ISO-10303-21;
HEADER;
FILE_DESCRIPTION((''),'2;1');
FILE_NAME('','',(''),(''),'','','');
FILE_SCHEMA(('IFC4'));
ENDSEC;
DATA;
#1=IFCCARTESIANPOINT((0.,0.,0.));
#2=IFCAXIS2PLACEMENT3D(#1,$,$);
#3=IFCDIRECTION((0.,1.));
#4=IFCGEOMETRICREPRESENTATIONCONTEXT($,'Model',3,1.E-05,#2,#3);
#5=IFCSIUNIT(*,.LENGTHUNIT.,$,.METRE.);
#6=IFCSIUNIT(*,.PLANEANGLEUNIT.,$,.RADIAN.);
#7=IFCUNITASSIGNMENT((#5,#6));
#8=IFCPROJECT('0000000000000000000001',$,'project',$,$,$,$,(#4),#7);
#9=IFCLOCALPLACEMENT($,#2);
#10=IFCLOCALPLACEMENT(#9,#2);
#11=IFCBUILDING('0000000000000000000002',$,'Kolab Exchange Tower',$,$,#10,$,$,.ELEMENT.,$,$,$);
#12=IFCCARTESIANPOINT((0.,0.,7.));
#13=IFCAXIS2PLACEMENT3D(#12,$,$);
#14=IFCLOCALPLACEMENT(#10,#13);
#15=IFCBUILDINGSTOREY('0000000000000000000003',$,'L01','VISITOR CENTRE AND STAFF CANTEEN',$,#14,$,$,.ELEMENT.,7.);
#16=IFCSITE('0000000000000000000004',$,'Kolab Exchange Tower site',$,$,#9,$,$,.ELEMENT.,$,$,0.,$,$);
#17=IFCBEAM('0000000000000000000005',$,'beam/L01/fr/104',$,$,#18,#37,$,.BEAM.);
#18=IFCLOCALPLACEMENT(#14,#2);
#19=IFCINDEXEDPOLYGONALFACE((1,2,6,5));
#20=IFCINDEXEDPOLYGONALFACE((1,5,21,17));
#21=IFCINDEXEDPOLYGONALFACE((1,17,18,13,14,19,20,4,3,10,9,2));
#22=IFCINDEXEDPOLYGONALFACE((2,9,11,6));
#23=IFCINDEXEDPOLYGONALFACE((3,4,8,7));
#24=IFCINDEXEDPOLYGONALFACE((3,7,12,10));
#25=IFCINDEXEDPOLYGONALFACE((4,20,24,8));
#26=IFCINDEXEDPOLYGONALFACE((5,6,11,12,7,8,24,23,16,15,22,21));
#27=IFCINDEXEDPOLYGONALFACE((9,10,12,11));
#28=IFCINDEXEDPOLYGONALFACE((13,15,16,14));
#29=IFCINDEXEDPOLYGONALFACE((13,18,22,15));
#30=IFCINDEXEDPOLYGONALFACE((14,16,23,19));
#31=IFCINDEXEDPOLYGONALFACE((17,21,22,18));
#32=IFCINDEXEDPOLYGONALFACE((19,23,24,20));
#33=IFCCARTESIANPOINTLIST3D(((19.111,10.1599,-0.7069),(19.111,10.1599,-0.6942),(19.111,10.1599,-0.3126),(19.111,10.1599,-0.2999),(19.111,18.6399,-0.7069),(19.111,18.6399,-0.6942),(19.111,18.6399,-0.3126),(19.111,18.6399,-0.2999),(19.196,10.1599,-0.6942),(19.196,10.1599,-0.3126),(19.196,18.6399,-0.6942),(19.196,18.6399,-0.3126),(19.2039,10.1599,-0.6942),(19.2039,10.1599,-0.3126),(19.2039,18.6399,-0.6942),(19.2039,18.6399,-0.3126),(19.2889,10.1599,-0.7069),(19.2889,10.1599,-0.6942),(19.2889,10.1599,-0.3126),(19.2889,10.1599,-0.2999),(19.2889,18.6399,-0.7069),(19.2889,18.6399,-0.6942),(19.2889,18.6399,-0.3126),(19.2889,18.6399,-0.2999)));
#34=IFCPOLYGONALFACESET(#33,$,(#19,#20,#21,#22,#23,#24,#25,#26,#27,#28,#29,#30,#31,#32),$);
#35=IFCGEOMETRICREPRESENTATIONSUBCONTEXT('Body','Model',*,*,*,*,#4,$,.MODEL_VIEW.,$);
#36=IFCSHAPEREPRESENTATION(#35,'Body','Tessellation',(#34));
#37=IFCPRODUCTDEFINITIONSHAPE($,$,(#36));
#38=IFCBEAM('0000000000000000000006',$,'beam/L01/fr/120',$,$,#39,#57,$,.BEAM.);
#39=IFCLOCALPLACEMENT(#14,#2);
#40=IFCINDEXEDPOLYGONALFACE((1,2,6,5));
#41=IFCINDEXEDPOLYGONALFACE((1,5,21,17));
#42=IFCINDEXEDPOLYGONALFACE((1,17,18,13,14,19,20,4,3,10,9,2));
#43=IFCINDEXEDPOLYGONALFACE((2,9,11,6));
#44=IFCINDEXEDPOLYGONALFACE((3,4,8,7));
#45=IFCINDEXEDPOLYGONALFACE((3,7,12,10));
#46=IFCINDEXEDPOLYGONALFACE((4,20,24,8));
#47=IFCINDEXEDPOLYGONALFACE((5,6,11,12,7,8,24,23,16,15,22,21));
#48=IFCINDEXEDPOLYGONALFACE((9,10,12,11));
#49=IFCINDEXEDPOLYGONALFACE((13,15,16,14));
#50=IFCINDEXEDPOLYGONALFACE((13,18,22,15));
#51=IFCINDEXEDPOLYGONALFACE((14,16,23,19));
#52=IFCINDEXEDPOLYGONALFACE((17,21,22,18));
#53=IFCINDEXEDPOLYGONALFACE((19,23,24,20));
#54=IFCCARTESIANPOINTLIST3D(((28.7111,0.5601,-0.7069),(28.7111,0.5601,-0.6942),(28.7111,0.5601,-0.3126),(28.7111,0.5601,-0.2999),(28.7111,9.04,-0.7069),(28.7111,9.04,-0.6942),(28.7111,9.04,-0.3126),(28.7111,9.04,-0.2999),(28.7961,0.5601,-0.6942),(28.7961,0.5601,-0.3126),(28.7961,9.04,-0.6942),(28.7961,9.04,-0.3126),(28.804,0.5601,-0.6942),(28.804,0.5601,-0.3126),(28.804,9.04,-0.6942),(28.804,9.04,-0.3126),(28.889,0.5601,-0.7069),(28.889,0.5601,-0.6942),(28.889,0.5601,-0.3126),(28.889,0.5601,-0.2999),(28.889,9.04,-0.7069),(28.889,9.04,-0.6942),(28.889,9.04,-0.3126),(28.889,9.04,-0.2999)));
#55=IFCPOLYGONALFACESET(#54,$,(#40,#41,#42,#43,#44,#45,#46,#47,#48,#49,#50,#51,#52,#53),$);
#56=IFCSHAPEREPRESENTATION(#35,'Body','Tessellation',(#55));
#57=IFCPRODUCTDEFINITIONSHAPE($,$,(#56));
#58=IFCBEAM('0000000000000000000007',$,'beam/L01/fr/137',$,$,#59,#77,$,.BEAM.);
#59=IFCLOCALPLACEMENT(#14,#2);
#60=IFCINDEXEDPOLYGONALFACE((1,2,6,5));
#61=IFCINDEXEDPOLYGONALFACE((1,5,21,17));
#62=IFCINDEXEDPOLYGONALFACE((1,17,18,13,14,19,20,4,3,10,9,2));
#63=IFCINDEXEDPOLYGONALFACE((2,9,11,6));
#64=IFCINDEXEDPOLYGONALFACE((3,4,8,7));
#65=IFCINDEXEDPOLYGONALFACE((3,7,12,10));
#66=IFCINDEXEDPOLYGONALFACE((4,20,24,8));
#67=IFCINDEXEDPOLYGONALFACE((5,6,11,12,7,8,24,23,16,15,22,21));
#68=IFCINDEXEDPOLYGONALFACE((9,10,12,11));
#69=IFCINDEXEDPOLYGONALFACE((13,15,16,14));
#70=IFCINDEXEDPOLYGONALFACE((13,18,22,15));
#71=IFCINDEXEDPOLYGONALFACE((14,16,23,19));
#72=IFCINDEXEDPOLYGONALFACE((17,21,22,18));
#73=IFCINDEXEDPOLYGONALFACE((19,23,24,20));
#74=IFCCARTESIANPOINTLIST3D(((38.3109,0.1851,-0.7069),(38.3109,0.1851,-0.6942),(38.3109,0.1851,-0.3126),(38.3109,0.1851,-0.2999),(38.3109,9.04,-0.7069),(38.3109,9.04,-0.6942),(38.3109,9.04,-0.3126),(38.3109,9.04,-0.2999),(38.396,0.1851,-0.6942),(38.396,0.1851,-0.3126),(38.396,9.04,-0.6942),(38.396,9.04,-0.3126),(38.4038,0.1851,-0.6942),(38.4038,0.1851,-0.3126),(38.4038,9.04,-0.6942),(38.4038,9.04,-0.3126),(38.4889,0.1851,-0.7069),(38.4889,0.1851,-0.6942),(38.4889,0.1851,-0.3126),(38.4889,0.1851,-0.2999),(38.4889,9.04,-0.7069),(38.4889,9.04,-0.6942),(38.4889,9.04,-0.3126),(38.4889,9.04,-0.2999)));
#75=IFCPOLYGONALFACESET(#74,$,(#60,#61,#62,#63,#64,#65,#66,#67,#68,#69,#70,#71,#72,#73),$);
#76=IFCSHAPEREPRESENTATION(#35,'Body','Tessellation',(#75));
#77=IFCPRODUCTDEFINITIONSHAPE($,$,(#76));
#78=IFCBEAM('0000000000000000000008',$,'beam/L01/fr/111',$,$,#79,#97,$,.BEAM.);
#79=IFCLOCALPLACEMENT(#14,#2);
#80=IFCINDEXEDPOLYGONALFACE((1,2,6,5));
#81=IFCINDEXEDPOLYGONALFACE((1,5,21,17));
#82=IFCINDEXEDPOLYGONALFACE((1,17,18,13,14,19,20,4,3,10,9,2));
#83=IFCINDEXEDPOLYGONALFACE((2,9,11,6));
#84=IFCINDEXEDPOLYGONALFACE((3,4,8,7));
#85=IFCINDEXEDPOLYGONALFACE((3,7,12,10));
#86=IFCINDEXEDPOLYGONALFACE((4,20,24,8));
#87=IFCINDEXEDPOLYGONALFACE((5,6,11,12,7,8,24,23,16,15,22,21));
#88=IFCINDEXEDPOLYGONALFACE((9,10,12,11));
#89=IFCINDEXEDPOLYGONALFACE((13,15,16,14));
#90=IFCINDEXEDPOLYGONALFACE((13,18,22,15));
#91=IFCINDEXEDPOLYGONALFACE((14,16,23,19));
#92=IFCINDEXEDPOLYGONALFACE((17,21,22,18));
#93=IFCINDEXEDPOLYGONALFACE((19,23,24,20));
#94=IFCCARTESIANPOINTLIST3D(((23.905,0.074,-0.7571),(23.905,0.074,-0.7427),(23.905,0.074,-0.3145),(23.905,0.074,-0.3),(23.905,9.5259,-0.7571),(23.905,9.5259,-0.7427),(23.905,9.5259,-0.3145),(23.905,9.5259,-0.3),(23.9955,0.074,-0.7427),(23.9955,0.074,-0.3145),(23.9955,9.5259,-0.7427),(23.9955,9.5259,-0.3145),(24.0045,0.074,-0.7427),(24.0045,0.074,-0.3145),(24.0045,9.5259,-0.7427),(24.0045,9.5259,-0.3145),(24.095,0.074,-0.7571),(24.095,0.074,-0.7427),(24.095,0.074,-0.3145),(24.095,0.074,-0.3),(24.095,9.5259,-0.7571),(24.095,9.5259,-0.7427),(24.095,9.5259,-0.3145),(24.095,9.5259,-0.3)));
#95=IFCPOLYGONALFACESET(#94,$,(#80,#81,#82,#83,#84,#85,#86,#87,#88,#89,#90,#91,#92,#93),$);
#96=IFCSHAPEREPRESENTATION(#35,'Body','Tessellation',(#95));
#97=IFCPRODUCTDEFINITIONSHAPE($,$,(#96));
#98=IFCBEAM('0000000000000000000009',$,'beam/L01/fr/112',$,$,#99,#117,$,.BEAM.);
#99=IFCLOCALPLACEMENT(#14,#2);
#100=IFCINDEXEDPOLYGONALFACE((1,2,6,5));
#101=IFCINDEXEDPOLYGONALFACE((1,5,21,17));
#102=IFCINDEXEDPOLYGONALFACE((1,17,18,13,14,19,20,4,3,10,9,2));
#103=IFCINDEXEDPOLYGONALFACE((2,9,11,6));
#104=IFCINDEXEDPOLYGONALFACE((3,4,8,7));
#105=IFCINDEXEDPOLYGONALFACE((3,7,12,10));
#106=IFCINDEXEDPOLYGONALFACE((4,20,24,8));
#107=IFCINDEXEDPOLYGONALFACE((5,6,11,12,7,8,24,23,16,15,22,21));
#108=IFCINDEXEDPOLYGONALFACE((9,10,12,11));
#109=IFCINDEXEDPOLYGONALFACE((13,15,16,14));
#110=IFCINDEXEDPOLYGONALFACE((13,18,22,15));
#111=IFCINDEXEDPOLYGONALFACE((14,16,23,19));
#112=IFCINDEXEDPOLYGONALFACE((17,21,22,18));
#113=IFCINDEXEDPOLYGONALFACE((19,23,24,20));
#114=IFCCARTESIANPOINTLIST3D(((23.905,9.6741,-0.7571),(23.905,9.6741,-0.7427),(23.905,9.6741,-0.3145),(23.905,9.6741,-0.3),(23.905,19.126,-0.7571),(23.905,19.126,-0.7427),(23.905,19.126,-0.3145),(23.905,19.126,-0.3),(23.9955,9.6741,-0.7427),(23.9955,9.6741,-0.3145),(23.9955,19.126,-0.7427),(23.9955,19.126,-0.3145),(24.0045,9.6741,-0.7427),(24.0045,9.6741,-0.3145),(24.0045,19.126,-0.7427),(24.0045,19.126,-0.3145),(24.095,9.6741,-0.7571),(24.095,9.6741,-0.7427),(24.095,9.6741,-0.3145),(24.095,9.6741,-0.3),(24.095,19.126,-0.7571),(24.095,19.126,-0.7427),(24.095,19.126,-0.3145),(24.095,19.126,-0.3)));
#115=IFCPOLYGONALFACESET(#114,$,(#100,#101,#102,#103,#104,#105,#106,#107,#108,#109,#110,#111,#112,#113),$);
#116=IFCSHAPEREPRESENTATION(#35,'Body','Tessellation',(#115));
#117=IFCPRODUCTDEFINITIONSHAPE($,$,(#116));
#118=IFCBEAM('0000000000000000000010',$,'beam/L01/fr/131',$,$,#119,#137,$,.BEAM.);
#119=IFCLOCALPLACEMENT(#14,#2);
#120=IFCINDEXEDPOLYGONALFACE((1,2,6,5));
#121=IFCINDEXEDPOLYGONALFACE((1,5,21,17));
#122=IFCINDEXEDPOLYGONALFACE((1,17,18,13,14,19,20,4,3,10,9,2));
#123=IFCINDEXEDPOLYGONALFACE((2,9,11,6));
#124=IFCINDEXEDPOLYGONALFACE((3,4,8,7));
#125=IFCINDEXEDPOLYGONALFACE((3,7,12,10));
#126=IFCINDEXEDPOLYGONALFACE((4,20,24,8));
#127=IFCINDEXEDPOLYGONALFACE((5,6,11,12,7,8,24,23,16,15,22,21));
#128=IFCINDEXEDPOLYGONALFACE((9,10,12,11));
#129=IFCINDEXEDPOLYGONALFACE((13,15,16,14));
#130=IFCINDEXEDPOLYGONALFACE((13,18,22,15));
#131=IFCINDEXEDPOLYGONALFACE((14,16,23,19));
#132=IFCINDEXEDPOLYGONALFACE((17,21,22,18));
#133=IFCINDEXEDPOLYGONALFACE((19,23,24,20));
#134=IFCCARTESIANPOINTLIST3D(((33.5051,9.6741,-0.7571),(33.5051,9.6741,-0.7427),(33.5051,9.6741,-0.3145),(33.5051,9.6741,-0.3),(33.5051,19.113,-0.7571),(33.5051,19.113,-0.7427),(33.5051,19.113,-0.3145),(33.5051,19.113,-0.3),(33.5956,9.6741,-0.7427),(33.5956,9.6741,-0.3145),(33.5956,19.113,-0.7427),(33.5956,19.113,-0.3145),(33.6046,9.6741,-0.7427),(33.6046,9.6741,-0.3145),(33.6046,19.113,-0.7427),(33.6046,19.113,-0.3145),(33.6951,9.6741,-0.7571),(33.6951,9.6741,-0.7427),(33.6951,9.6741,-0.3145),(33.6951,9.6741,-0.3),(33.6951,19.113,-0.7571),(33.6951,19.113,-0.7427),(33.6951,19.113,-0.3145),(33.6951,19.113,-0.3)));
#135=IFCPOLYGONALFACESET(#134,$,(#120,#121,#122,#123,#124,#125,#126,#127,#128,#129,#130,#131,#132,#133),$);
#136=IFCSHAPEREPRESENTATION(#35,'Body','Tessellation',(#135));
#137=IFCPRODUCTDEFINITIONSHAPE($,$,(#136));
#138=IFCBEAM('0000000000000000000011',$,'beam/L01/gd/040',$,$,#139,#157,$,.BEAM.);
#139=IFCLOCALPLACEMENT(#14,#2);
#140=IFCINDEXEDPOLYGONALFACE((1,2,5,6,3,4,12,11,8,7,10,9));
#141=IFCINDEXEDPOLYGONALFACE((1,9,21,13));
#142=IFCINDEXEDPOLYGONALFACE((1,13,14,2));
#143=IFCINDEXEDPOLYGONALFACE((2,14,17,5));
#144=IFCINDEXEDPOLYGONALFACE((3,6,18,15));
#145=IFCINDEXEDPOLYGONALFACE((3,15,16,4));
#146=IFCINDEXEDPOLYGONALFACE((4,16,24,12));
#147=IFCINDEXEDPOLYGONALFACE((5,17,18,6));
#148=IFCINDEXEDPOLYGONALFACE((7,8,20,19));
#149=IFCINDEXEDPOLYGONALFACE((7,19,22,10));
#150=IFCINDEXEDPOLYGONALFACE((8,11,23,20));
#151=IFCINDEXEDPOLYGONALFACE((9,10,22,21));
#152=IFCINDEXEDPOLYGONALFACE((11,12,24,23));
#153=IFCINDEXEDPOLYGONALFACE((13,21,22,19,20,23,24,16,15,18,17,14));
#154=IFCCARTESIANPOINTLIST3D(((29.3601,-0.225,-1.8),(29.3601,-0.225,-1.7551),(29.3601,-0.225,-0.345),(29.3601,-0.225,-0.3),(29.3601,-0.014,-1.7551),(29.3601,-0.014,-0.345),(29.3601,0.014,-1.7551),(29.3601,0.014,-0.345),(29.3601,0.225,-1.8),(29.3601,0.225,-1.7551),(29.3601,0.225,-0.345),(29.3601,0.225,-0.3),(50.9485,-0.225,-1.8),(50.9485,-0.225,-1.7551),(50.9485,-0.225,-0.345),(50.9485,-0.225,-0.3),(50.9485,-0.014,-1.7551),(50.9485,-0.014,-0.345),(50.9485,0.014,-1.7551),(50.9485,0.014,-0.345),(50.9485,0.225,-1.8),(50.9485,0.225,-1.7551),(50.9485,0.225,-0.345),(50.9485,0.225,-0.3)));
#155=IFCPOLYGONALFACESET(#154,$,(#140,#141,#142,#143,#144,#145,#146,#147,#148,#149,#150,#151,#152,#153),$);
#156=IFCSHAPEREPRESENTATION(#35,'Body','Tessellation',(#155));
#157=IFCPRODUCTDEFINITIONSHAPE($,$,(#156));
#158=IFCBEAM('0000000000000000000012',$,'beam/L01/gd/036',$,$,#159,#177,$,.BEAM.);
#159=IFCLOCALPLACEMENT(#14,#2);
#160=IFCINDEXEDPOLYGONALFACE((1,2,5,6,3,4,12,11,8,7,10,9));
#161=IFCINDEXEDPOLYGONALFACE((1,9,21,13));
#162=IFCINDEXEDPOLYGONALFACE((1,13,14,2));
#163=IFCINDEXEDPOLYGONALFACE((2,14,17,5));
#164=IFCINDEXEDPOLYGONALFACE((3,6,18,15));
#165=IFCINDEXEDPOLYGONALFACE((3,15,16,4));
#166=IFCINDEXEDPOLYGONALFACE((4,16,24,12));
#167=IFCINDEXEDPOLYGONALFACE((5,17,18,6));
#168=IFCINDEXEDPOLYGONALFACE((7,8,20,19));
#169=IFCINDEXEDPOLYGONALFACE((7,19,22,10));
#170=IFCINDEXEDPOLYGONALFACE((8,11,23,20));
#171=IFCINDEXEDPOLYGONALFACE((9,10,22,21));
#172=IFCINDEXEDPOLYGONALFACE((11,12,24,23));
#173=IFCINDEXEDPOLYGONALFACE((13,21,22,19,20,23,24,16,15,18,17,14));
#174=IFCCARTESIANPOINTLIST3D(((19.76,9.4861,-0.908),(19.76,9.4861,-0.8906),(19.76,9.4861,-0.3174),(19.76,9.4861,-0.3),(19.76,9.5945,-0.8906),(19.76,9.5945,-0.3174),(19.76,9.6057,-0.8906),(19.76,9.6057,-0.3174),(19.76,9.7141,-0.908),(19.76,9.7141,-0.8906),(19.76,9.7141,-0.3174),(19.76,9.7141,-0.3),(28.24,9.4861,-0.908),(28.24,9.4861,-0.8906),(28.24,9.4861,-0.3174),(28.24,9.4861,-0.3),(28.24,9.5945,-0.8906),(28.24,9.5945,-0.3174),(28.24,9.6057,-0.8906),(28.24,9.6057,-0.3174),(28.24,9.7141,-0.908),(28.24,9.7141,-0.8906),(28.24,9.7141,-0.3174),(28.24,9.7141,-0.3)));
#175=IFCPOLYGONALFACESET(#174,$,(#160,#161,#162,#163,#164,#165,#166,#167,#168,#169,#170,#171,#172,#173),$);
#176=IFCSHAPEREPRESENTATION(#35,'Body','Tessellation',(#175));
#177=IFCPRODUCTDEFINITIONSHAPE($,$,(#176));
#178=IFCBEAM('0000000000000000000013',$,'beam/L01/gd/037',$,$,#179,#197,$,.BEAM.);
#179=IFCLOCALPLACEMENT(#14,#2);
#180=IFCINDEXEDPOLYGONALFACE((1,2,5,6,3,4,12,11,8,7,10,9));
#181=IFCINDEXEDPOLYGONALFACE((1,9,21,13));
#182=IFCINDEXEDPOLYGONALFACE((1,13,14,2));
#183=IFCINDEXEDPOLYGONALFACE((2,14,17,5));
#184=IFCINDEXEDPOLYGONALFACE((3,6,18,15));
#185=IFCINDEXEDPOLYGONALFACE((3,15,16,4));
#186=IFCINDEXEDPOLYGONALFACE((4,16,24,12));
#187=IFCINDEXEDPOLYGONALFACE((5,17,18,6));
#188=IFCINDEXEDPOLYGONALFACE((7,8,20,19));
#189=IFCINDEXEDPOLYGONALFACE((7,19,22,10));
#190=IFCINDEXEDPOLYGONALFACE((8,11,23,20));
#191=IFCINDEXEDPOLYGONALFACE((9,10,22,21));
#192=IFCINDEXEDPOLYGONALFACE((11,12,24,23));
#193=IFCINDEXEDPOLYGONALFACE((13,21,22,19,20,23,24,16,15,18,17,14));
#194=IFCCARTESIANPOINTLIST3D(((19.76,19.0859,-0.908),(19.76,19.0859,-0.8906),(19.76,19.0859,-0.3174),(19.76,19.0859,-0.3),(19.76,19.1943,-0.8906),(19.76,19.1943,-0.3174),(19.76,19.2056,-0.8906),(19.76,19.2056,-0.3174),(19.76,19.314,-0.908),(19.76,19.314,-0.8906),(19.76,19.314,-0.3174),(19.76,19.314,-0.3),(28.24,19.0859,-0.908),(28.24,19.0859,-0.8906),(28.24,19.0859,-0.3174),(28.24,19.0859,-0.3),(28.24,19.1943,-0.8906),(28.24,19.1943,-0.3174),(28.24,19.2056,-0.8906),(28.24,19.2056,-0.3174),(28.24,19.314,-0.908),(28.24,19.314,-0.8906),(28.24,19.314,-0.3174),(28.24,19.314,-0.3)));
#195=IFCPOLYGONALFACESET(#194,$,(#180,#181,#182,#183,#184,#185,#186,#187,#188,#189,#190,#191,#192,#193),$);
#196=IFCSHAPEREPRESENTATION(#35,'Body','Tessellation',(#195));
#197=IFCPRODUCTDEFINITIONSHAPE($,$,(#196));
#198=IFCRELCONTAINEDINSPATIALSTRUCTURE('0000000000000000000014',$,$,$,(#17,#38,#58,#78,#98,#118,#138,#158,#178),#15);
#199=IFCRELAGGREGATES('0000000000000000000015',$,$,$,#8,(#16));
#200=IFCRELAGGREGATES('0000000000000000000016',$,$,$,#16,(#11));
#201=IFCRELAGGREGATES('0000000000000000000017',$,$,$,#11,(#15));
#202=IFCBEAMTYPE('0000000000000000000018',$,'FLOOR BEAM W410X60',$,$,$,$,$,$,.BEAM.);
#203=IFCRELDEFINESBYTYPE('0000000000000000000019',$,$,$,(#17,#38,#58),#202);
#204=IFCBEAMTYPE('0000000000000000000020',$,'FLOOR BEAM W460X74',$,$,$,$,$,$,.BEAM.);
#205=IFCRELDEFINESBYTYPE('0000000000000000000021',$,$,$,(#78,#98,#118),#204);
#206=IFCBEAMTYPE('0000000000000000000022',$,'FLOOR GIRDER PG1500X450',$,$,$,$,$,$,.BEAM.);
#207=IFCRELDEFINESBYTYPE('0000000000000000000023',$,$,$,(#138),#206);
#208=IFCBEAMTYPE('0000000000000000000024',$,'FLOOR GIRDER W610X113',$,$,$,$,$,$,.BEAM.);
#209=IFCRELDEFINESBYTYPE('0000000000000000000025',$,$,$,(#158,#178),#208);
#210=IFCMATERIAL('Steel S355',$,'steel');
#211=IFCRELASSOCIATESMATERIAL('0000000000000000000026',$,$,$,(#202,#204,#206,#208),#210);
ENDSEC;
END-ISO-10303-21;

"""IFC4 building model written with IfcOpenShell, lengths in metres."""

from ifc_helpers import new_model, si_unit, direction, frame, origin, origin_2d, place, context, subcontext, project, spatial, i_section, extrude, material, material_profile, profile_set, type_object, element, save


model = new_model("IFC4")

# Units and contexts
model_context = context("Model", 3, precision=1e-05, world=origin(), true_north=direction((0.0, 1.0)))
body_context = subcontext(model_context, "Body", "Model", "MODEL_VIEW")
ifc_project = project(units=[si_unit("LENGTHUNIT", "METRE"), si_unit("PLANEANGLEUNIT", "RADIAN")], contexts=[model_context])

# Site, building, storey
site_placement = place(None, origin())
site = spatial("IfcSite", under=ifc_project, at=site_placement, Name="Kolab Exchange Tower site", CompositionType="ELEMENT", RefElevation=0.0)
building_placement = place(site_placement, origin())
building = spatial("IfcBuilding", under=site, at=building_placement, Name="Kolab Exchange Tower", CompositionType="ELEMENT")
storey_placement = place(building_placement, frame((0.0, 0.0, 7.0)))
storey = spatial("IfcBuildingStorey", under=building, at=storey_placement, Name="L01", Description="VISITOR CENTRE AND STAFF CANTEEN", CompositionType="ELEMENT", Elevation=7.0)

# Beams
ifc_material_1 = material(Name="Steel S355", Category="steel")
ifc_material_profile_1 = material_profile(ifc_material_1, i_section(OverallWidth=0.178, OverallDepth=0.407, WebThickness=0.0078, FlangeThickness=0.0127, at=origin_2d()), Name="W410X60")
ifc_profile_set_1 = profile_set([ifc_material_profile_1], Name="Steel S355")
beam_type_1 = type_object("IfcBeamType", Name="FLOOR BEAM W410X60", PredefinedType="BEAM", material=ifc_profile_set_1)
for number, where, z_axis, x_axis, name in (
    (1, (19.2, 10.1599, -0.5034), (0.0, 1.0, 0.0), (-1.0, 0.0, 0.0), "beam/L01/fr/104"),
    (2, (28.8, 0.5601, -0.5034), (0.0, 1.0, 0.0), (-1.0, 0.0, 0.0), "beam/L01/fr/120"),
):
    element("IfcBeam", number, at=place(storey_placement, frame(where, z_axis=z_axis, x_axis=x_axis)), inside=storey, type_object=beam_type_1, Name=name, PredefinedType="BEAM", context=body_context, shape_type="SweptSolid", body=[
        extrude(i_section(OverallWidth=0.178, OverallDepth=0.407, WebThickness=0.0078, FlangeThickness=0.0127, at=origin_2d()), origin(), (0.0, 0.0, 1.0), 8.48),
    ])
beam_1_placement = place(storey_placement, frame((38.3999, 0.1851, -0.5034), z_axis=(0.0, 1.0, 0.0), x_axis=(-1.0, 0.0, 0.0)))
element("IfcBeam", 3, at=beam_1_placement, inside=storey, type_object=beam_type_1, Name="beam/L01/fr/137", PredefinedType="BEAM", context=body_context, shape_type="SweptSolid", body=[
    extrude(i_section(OverallWidth=0.178, OverallDepth=0.407, WebThickness=0.0078, FlangeThickness=0.0127, at=origin_2d()), origin(), (0.0, 0.0, 1.0), 8.855),
])
ifc_material_profile_2 = material_profile(ifc_material_1, i_section(OverallWidth=0.1899, OverallDepth=0.457, WebThickness=0.009, FlangeThickness=0.0144, at=origin_2d()), Name="W460X74")
ifc_profile_set_2 = profile_set([ifc_material_profile_2], Name="Steel S355")
beam_type_2 = type_object("IfcBeamType", Name="FLOOR BEAM W460X74", PredefinedType="BEAM", material=ifc_profile_set_2)
for number, where, z_axis, x_axis, name in (
    (4, (24.0, 0.074, -0.5286), (0.0, 1.0, 0.0), (-1.0, 0.0, 0.0), "beam/L01/fr/111"),
    (5, (24.0, 9.6741, -0.5286), (0.0, 1.0, 0.0), (-1.0, 0.0, 0.0), "beam/L01/fr/112"),
):
    element("IfcBeam", number, at=place(storey_placement, frame(where, z_axis=z_axis, x_axis=x_axis)), inside=storey, type_object=beam_type_2, Name=name, PredefinedType="BEAM", context=body_context, shape_type="SweptSolid", body=[
        extrude(i_section(OverallWidth=0.1899, OverallDepth=0.457, WebThickness=0.009, FlangeThickness=0.0144, at=origin_2d()), origin(), (0.0, 0.0, 1.0), 9.4519),
    ])
beam_2_placement = place(storey_placement, frame((33.6001, 9.6741, -0.5286), z_axis=(0.0, 1.0, 0.0), x_axis=(-1.0, 0.0, 0.0)))
element("IfcBeam", 6, at=beam_2_placement, inside=storey, type_object=beam_type_2, Name="beam/L01/fr/131", PredefinedType="BEAM", context=body_context, shape_type="SweptSolid", body=[
    extrude(i_section(OverallWidth=0.1899, OverallDepth=0.457, WebThickness=0.009, FlangeThickness=0.0144, at=origin_2d()), origin(), (0.0, 0.0, 1.0), 9.439),
])
ifc_material_profile_3 = material_profile(ifc_material_1, i_section(OverallWidth=0.45, OverallDepth=1.5, WebThickness=0.0281, FlangeThickness=0.0449, at=origin_2d()), Name="PG1500X450")
ifc_profile_set_3 = profile_set([ifc_material_profile_3], Name="Steel S355")
beam_type_3 = type_object("IfcBeamType", Name="FLOOR GIRDER PG1500X450", PredefinedType="BEAM", material=ifc_profile_set_3)
beam_3_placement = place(storey_placement, frame((29.3601, 0.0, -1.05), z_axis=(1.0, 0.0, 0.0), x_axis=(0.0, 1.0, 0.0)))
element("IfcBeam", 7, at=beam_3_placement, inside=storey, type_object=beam_type_3, Name="beam/L01/gd/040", PredefinedType="BEAM", context=body_context, shape_type="SweptSolid", body=[
    extrude(i_section(OverallWidth=0.45, OverallDepth=1.5, WebThickness=0.0281, FlangeThickness=0.0449, at=origin_2d()), origin(), (0.0, 0.0, 1.0), 21.5884),
])
ifc_material_profile_4 = material_profile(ifc_material_1, i_section(OverallWidth=0.228, OverallDepth=0.6079, WebThickness=0.0112, FlangeThickness=0.0173, at=origin_2d()), Name="W610X113")
ifc_profile_set_4 = profile_set([ifc_material_profile_4], Name="Steel S355")
beam_type_4 = type_object("IfcBeamType", Name="FLOOR GIRDER W610X113", PredefinedType="BEAM", material=ifc_profile_set_4)
for number, where, z_axis, x_axis, name in (
    (8, (19.76, 9.6001, -0.604), (1.0, 0.0, 0.0), (0.0, 1.0, 0.0), "beam/L01/gd/036"),
    (9, (19.76, 19.2, -0.604), (1.0, 0.0, 0.0), (0.0, 1.0, 0.0), "beam/L01/gd/037"),
):
    element("IfcBeam", number, at=place(storey_placement, frame(where, z_axis=z_axis, x_axis=x_axis)), inside=storey, type_object=beam_type_4, Name=name, PredefinedType="BEAM", context=body_context, shape_type="SweptSolid", body=[
        extrude(i_section(OverallWidth=0.228, OverallDepth=0.6079, WebThickness=0.0112, FlangeThickness=0.0173, at=origin_2d()), origin(), (0.0, 0.0, 1.0), 8.48),
    ])

save(model, "model.ifc")
